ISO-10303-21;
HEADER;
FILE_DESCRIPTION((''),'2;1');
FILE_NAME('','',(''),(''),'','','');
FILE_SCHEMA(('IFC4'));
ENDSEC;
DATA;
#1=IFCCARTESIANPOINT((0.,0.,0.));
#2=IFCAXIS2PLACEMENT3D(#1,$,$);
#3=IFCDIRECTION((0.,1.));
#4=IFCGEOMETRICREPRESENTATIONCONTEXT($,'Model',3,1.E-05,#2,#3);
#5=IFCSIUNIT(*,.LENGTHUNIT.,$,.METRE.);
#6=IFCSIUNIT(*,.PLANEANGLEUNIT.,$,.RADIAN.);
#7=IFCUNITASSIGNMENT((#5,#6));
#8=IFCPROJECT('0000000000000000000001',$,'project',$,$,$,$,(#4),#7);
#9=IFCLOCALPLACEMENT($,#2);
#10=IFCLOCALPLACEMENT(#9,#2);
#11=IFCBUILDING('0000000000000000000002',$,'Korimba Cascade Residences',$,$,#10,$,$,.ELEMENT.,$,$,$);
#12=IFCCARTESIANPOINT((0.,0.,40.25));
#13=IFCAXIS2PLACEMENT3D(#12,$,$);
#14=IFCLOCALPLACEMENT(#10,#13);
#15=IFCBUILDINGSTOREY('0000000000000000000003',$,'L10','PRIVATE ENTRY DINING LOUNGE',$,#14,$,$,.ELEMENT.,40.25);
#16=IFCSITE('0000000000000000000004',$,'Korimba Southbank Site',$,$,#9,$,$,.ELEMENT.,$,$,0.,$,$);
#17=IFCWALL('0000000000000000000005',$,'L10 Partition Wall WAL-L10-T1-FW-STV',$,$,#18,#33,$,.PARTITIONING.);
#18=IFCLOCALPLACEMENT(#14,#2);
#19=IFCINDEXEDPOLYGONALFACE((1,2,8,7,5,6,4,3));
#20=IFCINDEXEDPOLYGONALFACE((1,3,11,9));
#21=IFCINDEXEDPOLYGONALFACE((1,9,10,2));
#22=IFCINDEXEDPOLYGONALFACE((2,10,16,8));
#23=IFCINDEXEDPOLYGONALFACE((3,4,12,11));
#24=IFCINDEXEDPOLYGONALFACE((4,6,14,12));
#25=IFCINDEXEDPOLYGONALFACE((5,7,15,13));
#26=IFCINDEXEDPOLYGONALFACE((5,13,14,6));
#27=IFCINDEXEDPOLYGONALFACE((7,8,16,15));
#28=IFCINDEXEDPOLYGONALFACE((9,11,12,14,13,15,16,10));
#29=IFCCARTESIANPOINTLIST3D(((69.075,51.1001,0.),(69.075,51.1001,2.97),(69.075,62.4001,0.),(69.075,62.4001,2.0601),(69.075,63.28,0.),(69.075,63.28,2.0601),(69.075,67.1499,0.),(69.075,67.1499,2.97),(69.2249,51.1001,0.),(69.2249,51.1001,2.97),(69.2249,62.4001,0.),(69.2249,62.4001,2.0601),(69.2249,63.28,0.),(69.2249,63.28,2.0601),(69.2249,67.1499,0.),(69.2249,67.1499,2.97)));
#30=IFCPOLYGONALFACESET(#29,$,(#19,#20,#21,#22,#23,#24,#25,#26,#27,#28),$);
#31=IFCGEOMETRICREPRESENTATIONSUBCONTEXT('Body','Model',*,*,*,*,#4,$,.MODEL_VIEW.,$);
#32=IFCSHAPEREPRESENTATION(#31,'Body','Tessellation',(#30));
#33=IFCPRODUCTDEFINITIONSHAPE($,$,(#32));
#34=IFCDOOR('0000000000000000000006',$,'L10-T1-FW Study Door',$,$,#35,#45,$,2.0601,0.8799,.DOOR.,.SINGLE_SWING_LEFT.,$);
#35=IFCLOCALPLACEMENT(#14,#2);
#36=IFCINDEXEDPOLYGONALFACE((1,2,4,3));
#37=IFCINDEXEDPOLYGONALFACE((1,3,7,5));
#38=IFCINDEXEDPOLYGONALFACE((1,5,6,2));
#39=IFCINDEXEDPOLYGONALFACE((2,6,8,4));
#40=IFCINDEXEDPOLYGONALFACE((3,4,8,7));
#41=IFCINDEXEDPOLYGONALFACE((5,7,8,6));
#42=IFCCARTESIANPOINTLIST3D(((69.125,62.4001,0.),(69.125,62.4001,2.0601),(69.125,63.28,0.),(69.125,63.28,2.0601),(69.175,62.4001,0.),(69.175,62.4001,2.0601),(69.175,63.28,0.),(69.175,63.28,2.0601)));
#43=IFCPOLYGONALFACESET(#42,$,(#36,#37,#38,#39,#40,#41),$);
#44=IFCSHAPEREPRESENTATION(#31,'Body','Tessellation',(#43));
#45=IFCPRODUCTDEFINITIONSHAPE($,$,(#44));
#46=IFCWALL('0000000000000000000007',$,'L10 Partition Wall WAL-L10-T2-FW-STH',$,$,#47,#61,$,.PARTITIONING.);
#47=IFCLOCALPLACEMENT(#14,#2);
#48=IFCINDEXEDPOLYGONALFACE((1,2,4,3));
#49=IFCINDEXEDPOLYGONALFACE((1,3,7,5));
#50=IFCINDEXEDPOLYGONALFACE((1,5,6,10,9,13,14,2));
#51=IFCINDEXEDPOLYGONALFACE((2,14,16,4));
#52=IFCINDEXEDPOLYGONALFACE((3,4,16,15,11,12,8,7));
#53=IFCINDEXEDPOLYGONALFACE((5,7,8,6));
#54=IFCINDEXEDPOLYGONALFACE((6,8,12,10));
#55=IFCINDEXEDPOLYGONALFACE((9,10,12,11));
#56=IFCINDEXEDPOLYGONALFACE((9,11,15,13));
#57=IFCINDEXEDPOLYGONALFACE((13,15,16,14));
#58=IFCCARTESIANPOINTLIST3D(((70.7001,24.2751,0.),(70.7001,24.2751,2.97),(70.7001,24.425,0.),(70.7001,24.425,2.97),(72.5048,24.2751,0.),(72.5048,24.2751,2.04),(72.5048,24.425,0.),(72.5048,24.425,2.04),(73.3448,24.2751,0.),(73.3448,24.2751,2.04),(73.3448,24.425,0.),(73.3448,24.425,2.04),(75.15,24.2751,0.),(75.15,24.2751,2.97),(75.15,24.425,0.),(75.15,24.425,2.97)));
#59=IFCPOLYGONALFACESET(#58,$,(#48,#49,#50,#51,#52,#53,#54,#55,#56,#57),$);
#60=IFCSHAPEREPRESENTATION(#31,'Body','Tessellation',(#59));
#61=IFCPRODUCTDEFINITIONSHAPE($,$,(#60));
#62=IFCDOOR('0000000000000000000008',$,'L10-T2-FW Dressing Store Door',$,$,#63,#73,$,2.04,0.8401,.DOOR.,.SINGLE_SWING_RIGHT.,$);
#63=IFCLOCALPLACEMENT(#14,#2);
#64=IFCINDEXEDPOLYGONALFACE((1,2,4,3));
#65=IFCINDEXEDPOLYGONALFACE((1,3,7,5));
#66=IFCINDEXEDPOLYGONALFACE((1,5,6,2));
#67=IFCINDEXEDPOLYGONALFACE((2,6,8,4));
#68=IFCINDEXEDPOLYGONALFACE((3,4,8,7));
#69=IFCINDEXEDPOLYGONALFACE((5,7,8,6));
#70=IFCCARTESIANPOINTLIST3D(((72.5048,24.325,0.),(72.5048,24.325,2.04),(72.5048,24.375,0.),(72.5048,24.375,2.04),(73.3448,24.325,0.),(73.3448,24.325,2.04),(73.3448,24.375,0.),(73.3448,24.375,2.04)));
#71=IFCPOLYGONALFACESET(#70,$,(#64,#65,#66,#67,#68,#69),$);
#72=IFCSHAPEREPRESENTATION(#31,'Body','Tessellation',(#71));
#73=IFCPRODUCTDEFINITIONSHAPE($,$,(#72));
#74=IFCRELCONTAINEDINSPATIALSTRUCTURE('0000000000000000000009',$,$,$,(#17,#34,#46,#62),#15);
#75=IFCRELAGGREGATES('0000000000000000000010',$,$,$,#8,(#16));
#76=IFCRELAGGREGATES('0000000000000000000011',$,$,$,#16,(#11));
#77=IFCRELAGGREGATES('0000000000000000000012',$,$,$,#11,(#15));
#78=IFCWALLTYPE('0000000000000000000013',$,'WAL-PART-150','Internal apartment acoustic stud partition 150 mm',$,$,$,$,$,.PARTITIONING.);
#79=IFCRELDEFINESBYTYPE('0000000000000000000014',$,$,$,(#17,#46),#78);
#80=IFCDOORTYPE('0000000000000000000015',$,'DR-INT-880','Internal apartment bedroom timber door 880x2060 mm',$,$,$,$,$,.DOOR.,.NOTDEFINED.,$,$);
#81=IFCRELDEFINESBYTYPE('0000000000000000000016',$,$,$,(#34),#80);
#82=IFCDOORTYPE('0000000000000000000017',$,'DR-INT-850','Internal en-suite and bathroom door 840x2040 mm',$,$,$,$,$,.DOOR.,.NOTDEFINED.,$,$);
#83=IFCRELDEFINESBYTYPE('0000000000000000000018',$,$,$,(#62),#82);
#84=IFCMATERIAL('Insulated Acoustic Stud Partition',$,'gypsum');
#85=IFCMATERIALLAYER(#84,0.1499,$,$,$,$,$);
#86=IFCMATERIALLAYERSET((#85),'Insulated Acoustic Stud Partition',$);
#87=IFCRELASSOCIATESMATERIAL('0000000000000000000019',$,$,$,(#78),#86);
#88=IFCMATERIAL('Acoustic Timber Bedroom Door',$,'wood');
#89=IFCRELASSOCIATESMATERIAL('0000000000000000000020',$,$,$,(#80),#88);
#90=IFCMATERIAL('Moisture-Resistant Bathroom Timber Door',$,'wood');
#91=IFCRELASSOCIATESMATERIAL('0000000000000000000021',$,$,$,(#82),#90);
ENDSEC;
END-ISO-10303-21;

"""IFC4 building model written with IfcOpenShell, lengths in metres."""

from ifc_helpers import new_model, si_unit, direction, frame, frame_2d, origin, place, context, subcontext, project, spatial, rectangle, extrude, material, layer, layer_set, type_object, element, fill, save


model = new_model("IFC4")

# Units and contexts
model_context = context("Model", 3, precision=1e-05, world=origin(), true_north=direction((0.0, 1.0)))
body_context = subcontext(model_context, "Body", "Model", "MODEL_VIEW")
ifc_project = project(units=[si_unit("LENGTHUNIT", "METRE"), si_unit("PLANEANGLEUNIT", "RADIAN")], contexts=[model_context])

# Site, building, storey
site_placement = place(None, origin())
site = spatial("IfcSite", under=ifc_project, at=site_placement, Name="Korimba Southbank Site", CompositionType="ELEMENT", RefElevation=0.0)
building_placement = place(site_placement, origin())
building = spatial("IfcBuilding", under=site, at=building_placement, Name="Korimba Cascade Residences", CompositionType="ELEMENT")
storey_placement = place(building_placement, frame((0.0, 0.0, 40.25)))
storey = spatial("IfcBuildingStorey", under=building, at=storey_placement, Name="L10", Description="PRIVATE ENTRY DINING LOUNGE", CompositionType="ELEMENT", Elevation=40.25)

# Walls, openings, doors
ifc_material_1 = material(Name="Insulated Acoustic Stud Partition", Category="gypsum")
ifc_layer_1 = layer(ifc_material_1, 0.1499)
ifc_layer_set_1 = layer_set([ifc_layer_1], Name="Insulated Acoustic Stud Partition")
wall_type_1 = type_object("IfcWallType", Name="WAL-PART-150", Description="Internal apartment acoustic stud partition 150 mm", PredefinedType="PARTITIONING", material=ifc_layer_set_1)
wall_1_placement = place(storey_placement, frame((69.1499, 51.1001, 0.0), z_axis=(0.0, 0.0, 1.0), x_axis=(0.0, 1.0, 0.0)))
wall_1 = element("IfcWall", 1, at=wall_1_placement, inside=storey, type_object=wall_type_1, Name="L10 Partition Wall WAL-L10-T1-FW-STV", PredefinedType="PARTITIONING", context=body_context, shape_type="SweptSolid", body=[
    extrude(rectangle(XDim=16.0498, YDim=0.1499, at=frame_2d((8.0249, 0.0))), origin(), (0.0, 0.0, 1.0), 2.97),
])
opening_1_placement = place(wall_1_placement, frame((11.3, 0.0, 0.0)))
opening_1 = element("IfcOpeningElement", 2, at=opening_1_placement, cuts=wall_1, PredefinedType="OPENING", context=body_context, shape_type="SweptSolid", body=[
    extrude(rectangle(XDim=0.8799, YDim=2.0601, at=frame_2d((0.4399, 1.03))), frame((0.0, 0.085, 0.0), z_axis=(0.0, -1.0, 0.0), x_axis=(1.0, 0.0, 0.0)), (0.0, 0.0, 1.0), 0.1699),
])
ifc_material_2 = material(Name="Acoustic Timber Bedroom Door", Category="wood")
door_type_1 = type_object("IfcDoorType", Name="DR-INT-880", Description="Internal apartment bedroom timber door 880x2060 mm", OperationType="NOTDEFINED", PredefinedType="DOOR", material=ifc_material_2)
door_1_placement = place(opening_1_placement, origin())
door_1 = element("IfcDoor", 3, at=door_1_placement, inside=storey, type_object=door_type_1, Name="L10-T1-FW Study Door", OperationType="SINGLE_SWING_LEFT", OverallHeight=2.0601, OverallWidth=0.8799, PredefinedType="DOOR", context=body_context, shape_type="SweptSolid", body=[
    extrude(rectangle(XDim=0.8799, YDim=2.0601, at=frame_2d((0.4399, 1.03))), frame((0.0, 0.0249, 0.0), z_axis=(0.0, -1.0, 0.0), x_axis=(1.0, 0.0, 0.0)), (0.0, 0.0, 1.0), 0.05),
])
fill(opening_1, door_1)
wall_2_placement = place(storey_placement, frame((70.7, 24.3501, 0.0), z_axis=(0.0, 0.0, 1.0), x_axis=(1.0, 0.0, 0.0)))
wall_2 = element("IfcWall", 4, at=wall_2_placement, inside=storey, type_object=wall_type_1, Name="L10 Partition Wall WAL-L10-T2-FW-STH", PredefinedType="PARTITIONING", context=body_context, shape_type="SweptSolid", body=[
    extrude(rectangle(XDim=4.45, YDim=0.1499, at=frame_2d((2.2251, 0.0))), origin(), (0.0, 0.0, 1.0), 2.97),
])
opening_2_placement = place(wall_2_placement, frame((1.8049, 0.0, 0.0)))
opening_2 = element("IfcOpeningElement", 5, at=opening_2_placement, cuts=wall_2, PredefinedType="OPENING", context=body_context, shape_type="SweptSolid", body=[
    extrude(rectangle(XDim=0.8401, YDim=2.04, at=frame_2d((0.4199, 1.02))), frame((0.0, 0.085, 0.0), z_axis=(0.0, -1.0, 0.0), x_axis=(1.0, 0.0, 0.0)), (0.0, 0.0, 1.0), 0.1699),
])
ifc_material_3 = material(Name="Moisture-Resistant Bathroom Timber Door", Category="wood")
door_type_2 = type_object("IfcDoorType", Name="DR-INT-850", Description="Internal en-suite and bathroom door 840x2040 mm", OperationType="NOTDEFINED", PredefinedType="DOOR", material=ifc_material_3)
door_2_placement = place(opening_2_placement, origin())
door_2 = element("IfcDoor", 6, at=door_2_placement, inside=storey, type_object=door_type_2, Name="L10-T2-FW Dressing Store Door", OperationType="SINGLE_SWING_RIGHT", OverallHeight=2.04, OverallWidth=0.8401, PredefinedType="DOOR", context=body_context, shape_type="SweptSolid", body=[
    extrude(rectangle(XDim=0.8401, YDim=2.04, at=frame_2d((0.4199, 1.02))), frame((0.0, 0.0249, 0.0), z_axis=(0.0, -1.0, 0.0), x_axis=(1.0, 0.0, 0.0)), (0.0, 0.0, 1.0), 0.05),
])
fill(opening_2, door_2)

save(model, "model.ifc")
